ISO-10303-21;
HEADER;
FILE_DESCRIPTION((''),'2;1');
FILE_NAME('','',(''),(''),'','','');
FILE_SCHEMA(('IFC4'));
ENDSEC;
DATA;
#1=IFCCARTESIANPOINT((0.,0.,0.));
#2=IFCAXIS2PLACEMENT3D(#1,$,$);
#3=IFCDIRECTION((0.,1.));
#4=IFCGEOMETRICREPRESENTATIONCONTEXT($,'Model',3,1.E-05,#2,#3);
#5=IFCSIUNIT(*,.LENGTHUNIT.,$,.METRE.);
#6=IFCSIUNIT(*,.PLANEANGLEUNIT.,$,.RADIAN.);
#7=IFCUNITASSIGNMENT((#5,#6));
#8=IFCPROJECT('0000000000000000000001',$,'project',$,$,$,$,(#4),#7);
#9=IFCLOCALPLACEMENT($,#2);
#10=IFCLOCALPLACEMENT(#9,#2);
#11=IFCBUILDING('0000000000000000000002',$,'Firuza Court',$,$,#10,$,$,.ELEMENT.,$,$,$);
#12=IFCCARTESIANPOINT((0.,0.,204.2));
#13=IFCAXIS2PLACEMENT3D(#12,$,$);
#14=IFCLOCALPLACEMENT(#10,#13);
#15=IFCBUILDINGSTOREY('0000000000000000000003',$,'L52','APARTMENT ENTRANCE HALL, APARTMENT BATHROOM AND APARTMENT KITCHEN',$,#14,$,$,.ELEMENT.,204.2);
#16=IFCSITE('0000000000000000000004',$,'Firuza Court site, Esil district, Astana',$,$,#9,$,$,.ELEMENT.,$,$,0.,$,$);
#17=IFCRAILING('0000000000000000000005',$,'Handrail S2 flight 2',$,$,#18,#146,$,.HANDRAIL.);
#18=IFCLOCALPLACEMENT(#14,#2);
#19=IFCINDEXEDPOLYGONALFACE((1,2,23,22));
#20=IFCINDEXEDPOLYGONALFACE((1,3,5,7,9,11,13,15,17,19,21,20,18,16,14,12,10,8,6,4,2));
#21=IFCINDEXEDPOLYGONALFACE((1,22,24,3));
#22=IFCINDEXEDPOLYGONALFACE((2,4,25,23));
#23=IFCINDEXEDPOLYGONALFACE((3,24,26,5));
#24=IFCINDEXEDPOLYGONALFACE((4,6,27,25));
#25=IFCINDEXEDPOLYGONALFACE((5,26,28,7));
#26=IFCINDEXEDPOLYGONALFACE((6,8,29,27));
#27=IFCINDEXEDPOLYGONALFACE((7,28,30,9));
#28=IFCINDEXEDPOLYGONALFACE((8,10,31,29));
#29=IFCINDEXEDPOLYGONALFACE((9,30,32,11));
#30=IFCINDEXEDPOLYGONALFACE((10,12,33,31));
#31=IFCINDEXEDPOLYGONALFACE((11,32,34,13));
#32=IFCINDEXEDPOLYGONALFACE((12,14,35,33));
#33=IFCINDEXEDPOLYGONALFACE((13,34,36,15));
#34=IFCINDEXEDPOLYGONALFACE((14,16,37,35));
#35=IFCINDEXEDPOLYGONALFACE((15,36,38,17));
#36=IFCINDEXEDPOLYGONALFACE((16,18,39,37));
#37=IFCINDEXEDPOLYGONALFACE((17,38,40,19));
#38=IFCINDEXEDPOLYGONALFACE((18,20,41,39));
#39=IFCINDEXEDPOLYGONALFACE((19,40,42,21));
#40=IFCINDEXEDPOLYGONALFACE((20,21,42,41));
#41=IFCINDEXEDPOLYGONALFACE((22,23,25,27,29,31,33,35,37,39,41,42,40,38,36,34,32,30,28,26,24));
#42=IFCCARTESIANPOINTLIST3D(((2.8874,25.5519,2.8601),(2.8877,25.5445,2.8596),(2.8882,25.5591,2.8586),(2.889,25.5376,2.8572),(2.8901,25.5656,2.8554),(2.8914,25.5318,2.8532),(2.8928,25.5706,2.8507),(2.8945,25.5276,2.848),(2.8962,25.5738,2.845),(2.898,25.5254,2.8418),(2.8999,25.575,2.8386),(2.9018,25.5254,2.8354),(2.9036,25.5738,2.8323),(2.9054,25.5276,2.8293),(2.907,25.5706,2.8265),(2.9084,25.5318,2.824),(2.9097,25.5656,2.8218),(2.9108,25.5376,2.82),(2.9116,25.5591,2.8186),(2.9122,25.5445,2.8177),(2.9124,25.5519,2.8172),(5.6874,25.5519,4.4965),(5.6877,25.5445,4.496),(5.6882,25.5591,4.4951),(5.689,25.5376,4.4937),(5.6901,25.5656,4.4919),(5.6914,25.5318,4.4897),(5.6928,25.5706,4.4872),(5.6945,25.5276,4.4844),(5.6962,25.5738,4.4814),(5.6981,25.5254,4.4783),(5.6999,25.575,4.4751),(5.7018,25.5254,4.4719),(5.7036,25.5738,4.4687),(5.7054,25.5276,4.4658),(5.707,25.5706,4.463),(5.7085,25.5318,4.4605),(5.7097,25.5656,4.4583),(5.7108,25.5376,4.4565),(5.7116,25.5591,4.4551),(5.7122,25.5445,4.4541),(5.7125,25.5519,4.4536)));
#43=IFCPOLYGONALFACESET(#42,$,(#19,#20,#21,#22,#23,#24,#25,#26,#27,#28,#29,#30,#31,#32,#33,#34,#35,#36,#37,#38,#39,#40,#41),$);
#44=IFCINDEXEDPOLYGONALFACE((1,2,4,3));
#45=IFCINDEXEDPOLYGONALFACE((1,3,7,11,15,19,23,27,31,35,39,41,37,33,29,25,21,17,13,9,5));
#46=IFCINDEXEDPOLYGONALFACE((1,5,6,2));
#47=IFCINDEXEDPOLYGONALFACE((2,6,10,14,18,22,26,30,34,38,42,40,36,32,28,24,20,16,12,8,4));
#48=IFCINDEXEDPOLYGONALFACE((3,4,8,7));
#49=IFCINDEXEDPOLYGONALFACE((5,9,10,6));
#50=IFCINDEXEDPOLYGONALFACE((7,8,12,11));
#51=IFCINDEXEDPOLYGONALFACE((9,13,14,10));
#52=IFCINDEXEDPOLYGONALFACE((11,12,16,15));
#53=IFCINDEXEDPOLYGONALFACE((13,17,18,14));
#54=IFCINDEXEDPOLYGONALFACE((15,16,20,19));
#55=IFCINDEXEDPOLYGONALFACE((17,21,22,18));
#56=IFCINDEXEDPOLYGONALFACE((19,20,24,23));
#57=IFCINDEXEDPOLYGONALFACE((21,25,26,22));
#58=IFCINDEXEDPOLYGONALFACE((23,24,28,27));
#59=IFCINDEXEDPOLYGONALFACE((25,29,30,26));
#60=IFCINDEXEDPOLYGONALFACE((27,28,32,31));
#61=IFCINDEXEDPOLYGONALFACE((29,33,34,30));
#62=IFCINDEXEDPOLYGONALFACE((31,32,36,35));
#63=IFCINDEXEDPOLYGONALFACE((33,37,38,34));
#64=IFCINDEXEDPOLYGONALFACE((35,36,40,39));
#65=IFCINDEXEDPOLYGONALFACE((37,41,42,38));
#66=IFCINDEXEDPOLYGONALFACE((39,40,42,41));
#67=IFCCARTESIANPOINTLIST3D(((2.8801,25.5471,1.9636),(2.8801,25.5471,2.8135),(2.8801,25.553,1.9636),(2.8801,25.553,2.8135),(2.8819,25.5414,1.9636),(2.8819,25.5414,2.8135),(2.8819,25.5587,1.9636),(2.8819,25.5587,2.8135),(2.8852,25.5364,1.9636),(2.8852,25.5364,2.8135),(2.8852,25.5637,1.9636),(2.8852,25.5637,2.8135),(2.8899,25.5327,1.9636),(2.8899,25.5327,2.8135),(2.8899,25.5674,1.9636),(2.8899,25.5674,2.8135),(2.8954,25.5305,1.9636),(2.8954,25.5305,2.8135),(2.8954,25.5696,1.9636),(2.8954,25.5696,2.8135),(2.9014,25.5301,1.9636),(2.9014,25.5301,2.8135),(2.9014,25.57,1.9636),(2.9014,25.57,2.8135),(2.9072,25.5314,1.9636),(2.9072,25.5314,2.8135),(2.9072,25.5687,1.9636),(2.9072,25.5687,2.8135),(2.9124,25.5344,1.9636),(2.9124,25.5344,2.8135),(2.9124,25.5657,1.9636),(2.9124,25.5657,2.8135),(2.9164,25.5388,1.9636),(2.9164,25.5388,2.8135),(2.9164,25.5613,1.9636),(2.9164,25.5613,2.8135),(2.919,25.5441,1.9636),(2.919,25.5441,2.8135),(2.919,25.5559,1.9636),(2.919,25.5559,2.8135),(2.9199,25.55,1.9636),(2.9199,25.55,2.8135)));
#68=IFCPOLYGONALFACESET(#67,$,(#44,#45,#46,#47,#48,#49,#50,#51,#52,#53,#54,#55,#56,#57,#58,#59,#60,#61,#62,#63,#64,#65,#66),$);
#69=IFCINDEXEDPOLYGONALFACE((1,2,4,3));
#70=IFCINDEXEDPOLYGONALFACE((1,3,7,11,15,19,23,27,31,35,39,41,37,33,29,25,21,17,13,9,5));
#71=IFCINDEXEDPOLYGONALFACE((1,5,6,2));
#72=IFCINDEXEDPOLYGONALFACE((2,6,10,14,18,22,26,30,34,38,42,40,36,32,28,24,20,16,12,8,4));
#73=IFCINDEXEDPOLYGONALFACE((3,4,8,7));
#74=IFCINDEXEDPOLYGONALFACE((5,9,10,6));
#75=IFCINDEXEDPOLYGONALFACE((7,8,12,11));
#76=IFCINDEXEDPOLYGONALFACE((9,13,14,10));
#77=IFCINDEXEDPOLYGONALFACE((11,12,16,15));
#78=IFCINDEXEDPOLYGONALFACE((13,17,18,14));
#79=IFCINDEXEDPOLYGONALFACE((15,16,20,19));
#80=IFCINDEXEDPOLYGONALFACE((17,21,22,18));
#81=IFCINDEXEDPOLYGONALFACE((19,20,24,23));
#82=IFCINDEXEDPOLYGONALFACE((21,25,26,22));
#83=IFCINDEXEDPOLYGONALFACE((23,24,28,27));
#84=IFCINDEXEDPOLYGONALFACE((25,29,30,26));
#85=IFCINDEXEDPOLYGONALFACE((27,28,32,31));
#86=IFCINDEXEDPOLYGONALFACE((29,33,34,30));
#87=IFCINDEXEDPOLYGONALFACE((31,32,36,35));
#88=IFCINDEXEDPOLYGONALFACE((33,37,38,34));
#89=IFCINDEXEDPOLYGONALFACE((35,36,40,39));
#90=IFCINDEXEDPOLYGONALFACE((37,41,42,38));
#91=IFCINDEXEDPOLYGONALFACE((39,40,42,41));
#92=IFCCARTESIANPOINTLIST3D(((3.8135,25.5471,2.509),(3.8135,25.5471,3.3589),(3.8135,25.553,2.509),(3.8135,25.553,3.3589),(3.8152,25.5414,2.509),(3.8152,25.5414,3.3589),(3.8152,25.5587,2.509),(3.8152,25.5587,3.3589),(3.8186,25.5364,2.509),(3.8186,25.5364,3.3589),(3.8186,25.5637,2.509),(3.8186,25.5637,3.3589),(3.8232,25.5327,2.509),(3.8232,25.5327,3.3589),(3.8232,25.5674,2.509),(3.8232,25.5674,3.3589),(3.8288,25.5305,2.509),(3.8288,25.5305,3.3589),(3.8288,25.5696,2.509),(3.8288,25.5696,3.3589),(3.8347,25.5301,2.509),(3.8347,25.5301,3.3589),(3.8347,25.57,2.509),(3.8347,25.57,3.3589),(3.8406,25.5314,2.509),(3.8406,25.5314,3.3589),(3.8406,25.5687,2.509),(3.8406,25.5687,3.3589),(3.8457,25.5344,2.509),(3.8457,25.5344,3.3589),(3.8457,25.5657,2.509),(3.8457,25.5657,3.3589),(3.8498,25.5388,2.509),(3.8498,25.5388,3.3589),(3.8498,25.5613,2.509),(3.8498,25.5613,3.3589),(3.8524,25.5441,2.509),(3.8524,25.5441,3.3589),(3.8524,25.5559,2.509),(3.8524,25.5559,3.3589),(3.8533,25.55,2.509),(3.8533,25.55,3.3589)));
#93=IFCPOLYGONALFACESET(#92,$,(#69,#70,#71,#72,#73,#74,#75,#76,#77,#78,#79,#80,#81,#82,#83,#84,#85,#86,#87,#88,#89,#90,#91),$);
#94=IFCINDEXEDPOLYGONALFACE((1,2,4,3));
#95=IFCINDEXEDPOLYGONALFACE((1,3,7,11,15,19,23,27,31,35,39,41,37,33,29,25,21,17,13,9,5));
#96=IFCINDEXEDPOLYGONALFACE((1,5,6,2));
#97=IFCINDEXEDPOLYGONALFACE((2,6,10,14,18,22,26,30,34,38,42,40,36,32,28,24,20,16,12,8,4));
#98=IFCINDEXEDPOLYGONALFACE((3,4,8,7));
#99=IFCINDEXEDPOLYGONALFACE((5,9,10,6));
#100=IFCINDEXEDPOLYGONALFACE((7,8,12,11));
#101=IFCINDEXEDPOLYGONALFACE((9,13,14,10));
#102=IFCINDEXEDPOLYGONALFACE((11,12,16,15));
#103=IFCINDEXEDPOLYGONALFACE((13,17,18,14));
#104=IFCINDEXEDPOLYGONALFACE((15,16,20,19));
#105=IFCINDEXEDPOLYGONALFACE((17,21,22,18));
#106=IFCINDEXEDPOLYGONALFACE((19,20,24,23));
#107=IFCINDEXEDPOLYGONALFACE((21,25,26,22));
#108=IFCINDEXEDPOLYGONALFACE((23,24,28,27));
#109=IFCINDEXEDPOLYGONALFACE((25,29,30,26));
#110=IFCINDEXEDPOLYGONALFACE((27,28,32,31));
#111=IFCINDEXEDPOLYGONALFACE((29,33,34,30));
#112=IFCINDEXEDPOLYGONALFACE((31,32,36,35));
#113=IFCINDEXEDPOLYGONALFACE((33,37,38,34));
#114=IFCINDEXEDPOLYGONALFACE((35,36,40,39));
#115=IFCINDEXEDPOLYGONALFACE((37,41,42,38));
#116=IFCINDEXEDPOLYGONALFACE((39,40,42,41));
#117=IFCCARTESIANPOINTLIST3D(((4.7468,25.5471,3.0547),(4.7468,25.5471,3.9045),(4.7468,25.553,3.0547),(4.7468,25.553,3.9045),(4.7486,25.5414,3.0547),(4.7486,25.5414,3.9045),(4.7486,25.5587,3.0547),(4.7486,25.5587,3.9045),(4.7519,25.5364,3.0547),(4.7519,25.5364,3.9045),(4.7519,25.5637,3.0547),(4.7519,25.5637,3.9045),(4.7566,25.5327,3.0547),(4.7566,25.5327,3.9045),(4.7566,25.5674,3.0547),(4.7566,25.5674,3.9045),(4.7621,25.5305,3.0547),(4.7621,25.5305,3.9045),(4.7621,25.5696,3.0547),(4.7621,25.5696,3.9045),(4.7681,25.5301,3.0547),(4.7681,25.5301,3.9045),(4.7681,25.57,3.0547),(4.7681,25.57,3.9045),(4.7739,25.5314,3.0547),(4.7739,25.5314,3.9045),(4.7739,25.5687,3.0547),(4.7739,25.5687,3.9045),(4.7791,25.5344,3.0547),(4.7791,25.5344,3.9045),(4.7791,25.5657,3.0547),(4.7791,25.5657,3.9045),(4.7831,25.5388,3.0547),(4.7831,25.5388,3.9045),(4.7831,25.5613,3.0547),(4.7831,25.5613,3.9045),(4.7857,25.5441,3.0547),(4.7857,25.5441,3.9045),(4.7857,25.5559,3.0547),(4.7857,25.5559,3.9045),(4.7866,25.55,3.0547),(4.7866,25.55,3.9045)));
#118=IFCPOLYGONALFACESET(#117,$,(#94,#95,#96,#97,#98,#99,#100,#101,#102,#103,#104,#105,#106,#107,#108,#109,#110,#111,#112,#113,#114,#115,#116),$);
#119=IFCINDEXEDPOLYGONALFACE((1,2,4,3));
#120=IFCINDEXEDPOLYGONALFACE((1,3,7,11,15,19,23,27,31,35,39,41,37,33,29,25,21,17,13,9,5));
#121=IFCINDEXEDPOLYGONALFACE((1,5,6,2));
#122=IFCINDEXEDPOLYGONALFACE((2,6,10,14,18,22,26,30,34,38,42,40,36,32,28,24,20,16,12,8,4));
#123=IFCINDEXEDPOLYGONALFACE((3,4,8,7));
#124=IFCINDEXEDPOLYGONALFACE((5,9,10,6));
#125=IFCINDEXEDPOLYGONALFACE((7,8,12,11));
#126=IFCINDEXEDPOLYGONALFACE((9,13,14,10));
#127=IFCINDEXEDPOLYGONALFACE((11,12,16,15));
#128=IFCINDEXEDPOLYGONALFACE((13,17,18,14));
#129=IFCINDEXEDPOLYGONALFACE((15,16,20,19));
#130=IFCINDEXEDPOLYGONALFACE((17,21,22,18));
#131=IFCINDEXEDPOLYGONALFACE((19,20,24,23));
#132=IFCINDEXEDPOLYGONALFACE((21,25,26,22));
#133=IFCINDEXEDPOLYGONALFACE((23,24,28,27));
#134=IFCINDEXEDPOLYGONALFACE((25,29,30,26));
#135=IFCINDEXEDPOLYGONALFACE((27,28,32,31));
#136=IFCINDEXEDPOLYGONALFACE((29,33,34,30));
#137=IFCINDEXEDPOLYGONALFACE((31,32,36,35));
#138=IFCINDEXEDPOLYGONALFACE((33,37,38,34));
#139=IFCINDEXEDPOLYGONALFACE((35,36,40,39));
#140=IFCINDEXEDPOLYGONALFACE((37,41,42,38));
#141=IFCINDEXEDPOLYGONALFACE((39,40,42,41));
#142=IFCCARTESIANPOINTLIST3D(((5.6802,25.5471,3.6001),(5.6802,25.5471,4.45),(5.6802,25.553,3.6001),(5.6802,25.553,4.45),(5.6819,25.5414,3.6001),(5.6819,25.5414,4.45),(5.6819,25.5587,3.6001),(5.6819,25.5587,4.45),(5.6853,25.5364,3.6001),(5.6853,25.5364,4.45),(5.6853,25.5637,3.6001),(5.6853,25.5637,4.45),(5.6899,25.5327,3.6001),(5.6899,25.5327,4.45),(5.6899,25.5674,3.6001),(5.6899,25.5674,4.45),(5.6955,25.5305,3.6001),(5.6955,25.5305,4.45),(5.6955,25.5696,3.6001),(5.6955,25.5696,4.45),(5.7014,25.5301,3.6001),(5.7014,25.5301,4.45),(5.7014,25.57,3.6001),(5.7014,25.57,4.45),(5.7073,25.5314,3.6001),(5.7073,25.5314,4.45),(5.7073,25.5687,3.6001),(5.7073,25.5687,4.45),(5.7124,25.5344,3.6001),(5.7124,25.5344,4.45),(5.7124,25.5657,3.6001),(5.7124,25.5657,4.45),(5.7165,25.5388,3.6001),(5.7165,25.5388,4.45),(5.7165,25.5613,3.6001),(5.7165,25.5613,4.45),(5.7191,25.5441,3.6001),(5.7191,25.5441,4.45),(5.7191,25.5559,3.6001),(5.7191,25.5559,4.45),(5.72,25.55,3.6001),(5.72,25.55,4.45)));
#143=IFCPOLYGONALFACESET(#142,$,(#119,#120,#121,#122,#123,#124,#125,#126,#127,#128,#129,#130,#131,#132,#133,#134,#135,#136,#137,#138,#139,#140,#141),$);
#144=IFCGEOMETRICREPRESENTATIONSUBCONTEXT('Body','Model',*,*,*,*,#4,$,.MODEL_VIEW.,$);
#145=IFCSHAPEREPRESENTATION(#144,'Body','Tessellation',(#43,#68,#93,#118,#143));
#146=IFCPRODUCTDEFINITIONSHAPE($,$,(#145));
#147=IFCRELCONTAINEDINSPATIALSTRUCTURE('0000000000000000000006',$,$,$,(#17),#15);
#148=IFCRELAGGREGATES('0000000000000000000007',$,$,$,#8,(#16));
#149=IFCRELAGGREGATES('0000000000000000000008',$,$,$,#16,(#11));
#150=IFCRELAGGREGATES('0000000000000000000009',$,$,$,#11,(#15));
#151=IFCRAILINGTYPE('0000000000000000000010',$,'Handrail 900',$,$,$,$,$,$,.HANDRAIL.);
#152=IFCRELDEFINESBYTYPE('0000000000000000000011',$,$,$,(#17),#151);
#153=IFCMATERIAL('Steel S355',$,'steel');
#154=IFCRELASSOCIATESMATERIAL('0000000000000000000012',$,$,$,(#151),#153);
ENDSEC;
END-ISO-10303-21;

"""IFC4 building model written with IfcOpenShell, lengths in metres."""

from ifc_helpers import new_model, si_unit, direction, frame, origin, origin_2d, place, context, subcontext, project, spatial, circle, extrude, material, type_object, element, save


model = new_model("IFC4")

# Units and contexts
model_context = context("Model", 3, precision=1e-05, world=origin(), true_north=direction((0.0, 1.0)))
body_context = subcontext(model_context, "Body", "Model", "MODEL_VIEW")
ifc_project = project(units=[si_unit("LENGTHUNIT", "METRE"), si_unit("PLANEANGLEUNIT", "RADIAN")], contexts=[model_context])

# Site, building, storey
site_placement = place(None, origin())
site = spatial("IfcSite", under=ifc_project, at=site_placement, Name="Firuza Court site, Esil district, Astana", CompositionType="ELEMENT", RefElevation=0.0)
building_placement = place(site_placement, origin())
building = spatial("IfcBuilding", under=site, at=building_placement, Name="Firuza Court", CompositionType="ELEMENT")
storey_placement = place(building_placement, frame((0.0, 0.0, 204.2)))
storey = spatial("IfcBuildingStorey", under=building, at=storey_placement, Name="L52", Description="APARTMENT ENTRANCE HALL, APARTMENT BATHROOM AND APARTMENT KITCHEN", CompositionType="ELEMENT", Elevation=204.2)

# Railing
ifc_material_1 = material(Name="Steel S355", Category="steel")
railing_type_1 = type_object("IfcRailingType", Name="Handrail 900", PredefinedType="HANDRAIL", material=ifc_material_1)
railing_1_placement = place(storey_placement, frame((2.8999, 25.55, 1.9636)))
element("IfcRailing", 1, at=railing_1_placement, inside=storey, type_object=railing_type_1, Name="Handrail S2 flight 2", PredefinedType="HANDRAIL", context=body_context, shape_type="SweptSolid", body=[
    extrude(circle(Radius=0.0249, at=origin_2d()), frame((0.0, 0.0, 0.875), z_axis=(0.863361, 0.0, 0.504587), x_axis=(0.0, 1.0, 0.0)), (0.0, 0.0, 1.0), 3.2432),
    extrude(circle(Radius=0.02, at=origin_2d()), origin(), (0.0, 0.0, 1.0), 0.8499),
    extrude(circle(Radius=0.02, at=origin_2d()), frame((0.9333, 0.0, 0.5454)), (0.0, 0.0, 1.0), 0.8499),
    extrude(circle(Radius=0.02, at=origin_2d()), frame((1.8667, 0.0, 1.0911)), (0.0, 0.0, 1.0), 0.8499),
    extrude(circle(Radius=0.02, at=origin_2d()), frame((2.8, 0.0, 1.6365)), (0.0, 0.0, 1.0), 0.8499),
])

save(model, "model.ifc")
